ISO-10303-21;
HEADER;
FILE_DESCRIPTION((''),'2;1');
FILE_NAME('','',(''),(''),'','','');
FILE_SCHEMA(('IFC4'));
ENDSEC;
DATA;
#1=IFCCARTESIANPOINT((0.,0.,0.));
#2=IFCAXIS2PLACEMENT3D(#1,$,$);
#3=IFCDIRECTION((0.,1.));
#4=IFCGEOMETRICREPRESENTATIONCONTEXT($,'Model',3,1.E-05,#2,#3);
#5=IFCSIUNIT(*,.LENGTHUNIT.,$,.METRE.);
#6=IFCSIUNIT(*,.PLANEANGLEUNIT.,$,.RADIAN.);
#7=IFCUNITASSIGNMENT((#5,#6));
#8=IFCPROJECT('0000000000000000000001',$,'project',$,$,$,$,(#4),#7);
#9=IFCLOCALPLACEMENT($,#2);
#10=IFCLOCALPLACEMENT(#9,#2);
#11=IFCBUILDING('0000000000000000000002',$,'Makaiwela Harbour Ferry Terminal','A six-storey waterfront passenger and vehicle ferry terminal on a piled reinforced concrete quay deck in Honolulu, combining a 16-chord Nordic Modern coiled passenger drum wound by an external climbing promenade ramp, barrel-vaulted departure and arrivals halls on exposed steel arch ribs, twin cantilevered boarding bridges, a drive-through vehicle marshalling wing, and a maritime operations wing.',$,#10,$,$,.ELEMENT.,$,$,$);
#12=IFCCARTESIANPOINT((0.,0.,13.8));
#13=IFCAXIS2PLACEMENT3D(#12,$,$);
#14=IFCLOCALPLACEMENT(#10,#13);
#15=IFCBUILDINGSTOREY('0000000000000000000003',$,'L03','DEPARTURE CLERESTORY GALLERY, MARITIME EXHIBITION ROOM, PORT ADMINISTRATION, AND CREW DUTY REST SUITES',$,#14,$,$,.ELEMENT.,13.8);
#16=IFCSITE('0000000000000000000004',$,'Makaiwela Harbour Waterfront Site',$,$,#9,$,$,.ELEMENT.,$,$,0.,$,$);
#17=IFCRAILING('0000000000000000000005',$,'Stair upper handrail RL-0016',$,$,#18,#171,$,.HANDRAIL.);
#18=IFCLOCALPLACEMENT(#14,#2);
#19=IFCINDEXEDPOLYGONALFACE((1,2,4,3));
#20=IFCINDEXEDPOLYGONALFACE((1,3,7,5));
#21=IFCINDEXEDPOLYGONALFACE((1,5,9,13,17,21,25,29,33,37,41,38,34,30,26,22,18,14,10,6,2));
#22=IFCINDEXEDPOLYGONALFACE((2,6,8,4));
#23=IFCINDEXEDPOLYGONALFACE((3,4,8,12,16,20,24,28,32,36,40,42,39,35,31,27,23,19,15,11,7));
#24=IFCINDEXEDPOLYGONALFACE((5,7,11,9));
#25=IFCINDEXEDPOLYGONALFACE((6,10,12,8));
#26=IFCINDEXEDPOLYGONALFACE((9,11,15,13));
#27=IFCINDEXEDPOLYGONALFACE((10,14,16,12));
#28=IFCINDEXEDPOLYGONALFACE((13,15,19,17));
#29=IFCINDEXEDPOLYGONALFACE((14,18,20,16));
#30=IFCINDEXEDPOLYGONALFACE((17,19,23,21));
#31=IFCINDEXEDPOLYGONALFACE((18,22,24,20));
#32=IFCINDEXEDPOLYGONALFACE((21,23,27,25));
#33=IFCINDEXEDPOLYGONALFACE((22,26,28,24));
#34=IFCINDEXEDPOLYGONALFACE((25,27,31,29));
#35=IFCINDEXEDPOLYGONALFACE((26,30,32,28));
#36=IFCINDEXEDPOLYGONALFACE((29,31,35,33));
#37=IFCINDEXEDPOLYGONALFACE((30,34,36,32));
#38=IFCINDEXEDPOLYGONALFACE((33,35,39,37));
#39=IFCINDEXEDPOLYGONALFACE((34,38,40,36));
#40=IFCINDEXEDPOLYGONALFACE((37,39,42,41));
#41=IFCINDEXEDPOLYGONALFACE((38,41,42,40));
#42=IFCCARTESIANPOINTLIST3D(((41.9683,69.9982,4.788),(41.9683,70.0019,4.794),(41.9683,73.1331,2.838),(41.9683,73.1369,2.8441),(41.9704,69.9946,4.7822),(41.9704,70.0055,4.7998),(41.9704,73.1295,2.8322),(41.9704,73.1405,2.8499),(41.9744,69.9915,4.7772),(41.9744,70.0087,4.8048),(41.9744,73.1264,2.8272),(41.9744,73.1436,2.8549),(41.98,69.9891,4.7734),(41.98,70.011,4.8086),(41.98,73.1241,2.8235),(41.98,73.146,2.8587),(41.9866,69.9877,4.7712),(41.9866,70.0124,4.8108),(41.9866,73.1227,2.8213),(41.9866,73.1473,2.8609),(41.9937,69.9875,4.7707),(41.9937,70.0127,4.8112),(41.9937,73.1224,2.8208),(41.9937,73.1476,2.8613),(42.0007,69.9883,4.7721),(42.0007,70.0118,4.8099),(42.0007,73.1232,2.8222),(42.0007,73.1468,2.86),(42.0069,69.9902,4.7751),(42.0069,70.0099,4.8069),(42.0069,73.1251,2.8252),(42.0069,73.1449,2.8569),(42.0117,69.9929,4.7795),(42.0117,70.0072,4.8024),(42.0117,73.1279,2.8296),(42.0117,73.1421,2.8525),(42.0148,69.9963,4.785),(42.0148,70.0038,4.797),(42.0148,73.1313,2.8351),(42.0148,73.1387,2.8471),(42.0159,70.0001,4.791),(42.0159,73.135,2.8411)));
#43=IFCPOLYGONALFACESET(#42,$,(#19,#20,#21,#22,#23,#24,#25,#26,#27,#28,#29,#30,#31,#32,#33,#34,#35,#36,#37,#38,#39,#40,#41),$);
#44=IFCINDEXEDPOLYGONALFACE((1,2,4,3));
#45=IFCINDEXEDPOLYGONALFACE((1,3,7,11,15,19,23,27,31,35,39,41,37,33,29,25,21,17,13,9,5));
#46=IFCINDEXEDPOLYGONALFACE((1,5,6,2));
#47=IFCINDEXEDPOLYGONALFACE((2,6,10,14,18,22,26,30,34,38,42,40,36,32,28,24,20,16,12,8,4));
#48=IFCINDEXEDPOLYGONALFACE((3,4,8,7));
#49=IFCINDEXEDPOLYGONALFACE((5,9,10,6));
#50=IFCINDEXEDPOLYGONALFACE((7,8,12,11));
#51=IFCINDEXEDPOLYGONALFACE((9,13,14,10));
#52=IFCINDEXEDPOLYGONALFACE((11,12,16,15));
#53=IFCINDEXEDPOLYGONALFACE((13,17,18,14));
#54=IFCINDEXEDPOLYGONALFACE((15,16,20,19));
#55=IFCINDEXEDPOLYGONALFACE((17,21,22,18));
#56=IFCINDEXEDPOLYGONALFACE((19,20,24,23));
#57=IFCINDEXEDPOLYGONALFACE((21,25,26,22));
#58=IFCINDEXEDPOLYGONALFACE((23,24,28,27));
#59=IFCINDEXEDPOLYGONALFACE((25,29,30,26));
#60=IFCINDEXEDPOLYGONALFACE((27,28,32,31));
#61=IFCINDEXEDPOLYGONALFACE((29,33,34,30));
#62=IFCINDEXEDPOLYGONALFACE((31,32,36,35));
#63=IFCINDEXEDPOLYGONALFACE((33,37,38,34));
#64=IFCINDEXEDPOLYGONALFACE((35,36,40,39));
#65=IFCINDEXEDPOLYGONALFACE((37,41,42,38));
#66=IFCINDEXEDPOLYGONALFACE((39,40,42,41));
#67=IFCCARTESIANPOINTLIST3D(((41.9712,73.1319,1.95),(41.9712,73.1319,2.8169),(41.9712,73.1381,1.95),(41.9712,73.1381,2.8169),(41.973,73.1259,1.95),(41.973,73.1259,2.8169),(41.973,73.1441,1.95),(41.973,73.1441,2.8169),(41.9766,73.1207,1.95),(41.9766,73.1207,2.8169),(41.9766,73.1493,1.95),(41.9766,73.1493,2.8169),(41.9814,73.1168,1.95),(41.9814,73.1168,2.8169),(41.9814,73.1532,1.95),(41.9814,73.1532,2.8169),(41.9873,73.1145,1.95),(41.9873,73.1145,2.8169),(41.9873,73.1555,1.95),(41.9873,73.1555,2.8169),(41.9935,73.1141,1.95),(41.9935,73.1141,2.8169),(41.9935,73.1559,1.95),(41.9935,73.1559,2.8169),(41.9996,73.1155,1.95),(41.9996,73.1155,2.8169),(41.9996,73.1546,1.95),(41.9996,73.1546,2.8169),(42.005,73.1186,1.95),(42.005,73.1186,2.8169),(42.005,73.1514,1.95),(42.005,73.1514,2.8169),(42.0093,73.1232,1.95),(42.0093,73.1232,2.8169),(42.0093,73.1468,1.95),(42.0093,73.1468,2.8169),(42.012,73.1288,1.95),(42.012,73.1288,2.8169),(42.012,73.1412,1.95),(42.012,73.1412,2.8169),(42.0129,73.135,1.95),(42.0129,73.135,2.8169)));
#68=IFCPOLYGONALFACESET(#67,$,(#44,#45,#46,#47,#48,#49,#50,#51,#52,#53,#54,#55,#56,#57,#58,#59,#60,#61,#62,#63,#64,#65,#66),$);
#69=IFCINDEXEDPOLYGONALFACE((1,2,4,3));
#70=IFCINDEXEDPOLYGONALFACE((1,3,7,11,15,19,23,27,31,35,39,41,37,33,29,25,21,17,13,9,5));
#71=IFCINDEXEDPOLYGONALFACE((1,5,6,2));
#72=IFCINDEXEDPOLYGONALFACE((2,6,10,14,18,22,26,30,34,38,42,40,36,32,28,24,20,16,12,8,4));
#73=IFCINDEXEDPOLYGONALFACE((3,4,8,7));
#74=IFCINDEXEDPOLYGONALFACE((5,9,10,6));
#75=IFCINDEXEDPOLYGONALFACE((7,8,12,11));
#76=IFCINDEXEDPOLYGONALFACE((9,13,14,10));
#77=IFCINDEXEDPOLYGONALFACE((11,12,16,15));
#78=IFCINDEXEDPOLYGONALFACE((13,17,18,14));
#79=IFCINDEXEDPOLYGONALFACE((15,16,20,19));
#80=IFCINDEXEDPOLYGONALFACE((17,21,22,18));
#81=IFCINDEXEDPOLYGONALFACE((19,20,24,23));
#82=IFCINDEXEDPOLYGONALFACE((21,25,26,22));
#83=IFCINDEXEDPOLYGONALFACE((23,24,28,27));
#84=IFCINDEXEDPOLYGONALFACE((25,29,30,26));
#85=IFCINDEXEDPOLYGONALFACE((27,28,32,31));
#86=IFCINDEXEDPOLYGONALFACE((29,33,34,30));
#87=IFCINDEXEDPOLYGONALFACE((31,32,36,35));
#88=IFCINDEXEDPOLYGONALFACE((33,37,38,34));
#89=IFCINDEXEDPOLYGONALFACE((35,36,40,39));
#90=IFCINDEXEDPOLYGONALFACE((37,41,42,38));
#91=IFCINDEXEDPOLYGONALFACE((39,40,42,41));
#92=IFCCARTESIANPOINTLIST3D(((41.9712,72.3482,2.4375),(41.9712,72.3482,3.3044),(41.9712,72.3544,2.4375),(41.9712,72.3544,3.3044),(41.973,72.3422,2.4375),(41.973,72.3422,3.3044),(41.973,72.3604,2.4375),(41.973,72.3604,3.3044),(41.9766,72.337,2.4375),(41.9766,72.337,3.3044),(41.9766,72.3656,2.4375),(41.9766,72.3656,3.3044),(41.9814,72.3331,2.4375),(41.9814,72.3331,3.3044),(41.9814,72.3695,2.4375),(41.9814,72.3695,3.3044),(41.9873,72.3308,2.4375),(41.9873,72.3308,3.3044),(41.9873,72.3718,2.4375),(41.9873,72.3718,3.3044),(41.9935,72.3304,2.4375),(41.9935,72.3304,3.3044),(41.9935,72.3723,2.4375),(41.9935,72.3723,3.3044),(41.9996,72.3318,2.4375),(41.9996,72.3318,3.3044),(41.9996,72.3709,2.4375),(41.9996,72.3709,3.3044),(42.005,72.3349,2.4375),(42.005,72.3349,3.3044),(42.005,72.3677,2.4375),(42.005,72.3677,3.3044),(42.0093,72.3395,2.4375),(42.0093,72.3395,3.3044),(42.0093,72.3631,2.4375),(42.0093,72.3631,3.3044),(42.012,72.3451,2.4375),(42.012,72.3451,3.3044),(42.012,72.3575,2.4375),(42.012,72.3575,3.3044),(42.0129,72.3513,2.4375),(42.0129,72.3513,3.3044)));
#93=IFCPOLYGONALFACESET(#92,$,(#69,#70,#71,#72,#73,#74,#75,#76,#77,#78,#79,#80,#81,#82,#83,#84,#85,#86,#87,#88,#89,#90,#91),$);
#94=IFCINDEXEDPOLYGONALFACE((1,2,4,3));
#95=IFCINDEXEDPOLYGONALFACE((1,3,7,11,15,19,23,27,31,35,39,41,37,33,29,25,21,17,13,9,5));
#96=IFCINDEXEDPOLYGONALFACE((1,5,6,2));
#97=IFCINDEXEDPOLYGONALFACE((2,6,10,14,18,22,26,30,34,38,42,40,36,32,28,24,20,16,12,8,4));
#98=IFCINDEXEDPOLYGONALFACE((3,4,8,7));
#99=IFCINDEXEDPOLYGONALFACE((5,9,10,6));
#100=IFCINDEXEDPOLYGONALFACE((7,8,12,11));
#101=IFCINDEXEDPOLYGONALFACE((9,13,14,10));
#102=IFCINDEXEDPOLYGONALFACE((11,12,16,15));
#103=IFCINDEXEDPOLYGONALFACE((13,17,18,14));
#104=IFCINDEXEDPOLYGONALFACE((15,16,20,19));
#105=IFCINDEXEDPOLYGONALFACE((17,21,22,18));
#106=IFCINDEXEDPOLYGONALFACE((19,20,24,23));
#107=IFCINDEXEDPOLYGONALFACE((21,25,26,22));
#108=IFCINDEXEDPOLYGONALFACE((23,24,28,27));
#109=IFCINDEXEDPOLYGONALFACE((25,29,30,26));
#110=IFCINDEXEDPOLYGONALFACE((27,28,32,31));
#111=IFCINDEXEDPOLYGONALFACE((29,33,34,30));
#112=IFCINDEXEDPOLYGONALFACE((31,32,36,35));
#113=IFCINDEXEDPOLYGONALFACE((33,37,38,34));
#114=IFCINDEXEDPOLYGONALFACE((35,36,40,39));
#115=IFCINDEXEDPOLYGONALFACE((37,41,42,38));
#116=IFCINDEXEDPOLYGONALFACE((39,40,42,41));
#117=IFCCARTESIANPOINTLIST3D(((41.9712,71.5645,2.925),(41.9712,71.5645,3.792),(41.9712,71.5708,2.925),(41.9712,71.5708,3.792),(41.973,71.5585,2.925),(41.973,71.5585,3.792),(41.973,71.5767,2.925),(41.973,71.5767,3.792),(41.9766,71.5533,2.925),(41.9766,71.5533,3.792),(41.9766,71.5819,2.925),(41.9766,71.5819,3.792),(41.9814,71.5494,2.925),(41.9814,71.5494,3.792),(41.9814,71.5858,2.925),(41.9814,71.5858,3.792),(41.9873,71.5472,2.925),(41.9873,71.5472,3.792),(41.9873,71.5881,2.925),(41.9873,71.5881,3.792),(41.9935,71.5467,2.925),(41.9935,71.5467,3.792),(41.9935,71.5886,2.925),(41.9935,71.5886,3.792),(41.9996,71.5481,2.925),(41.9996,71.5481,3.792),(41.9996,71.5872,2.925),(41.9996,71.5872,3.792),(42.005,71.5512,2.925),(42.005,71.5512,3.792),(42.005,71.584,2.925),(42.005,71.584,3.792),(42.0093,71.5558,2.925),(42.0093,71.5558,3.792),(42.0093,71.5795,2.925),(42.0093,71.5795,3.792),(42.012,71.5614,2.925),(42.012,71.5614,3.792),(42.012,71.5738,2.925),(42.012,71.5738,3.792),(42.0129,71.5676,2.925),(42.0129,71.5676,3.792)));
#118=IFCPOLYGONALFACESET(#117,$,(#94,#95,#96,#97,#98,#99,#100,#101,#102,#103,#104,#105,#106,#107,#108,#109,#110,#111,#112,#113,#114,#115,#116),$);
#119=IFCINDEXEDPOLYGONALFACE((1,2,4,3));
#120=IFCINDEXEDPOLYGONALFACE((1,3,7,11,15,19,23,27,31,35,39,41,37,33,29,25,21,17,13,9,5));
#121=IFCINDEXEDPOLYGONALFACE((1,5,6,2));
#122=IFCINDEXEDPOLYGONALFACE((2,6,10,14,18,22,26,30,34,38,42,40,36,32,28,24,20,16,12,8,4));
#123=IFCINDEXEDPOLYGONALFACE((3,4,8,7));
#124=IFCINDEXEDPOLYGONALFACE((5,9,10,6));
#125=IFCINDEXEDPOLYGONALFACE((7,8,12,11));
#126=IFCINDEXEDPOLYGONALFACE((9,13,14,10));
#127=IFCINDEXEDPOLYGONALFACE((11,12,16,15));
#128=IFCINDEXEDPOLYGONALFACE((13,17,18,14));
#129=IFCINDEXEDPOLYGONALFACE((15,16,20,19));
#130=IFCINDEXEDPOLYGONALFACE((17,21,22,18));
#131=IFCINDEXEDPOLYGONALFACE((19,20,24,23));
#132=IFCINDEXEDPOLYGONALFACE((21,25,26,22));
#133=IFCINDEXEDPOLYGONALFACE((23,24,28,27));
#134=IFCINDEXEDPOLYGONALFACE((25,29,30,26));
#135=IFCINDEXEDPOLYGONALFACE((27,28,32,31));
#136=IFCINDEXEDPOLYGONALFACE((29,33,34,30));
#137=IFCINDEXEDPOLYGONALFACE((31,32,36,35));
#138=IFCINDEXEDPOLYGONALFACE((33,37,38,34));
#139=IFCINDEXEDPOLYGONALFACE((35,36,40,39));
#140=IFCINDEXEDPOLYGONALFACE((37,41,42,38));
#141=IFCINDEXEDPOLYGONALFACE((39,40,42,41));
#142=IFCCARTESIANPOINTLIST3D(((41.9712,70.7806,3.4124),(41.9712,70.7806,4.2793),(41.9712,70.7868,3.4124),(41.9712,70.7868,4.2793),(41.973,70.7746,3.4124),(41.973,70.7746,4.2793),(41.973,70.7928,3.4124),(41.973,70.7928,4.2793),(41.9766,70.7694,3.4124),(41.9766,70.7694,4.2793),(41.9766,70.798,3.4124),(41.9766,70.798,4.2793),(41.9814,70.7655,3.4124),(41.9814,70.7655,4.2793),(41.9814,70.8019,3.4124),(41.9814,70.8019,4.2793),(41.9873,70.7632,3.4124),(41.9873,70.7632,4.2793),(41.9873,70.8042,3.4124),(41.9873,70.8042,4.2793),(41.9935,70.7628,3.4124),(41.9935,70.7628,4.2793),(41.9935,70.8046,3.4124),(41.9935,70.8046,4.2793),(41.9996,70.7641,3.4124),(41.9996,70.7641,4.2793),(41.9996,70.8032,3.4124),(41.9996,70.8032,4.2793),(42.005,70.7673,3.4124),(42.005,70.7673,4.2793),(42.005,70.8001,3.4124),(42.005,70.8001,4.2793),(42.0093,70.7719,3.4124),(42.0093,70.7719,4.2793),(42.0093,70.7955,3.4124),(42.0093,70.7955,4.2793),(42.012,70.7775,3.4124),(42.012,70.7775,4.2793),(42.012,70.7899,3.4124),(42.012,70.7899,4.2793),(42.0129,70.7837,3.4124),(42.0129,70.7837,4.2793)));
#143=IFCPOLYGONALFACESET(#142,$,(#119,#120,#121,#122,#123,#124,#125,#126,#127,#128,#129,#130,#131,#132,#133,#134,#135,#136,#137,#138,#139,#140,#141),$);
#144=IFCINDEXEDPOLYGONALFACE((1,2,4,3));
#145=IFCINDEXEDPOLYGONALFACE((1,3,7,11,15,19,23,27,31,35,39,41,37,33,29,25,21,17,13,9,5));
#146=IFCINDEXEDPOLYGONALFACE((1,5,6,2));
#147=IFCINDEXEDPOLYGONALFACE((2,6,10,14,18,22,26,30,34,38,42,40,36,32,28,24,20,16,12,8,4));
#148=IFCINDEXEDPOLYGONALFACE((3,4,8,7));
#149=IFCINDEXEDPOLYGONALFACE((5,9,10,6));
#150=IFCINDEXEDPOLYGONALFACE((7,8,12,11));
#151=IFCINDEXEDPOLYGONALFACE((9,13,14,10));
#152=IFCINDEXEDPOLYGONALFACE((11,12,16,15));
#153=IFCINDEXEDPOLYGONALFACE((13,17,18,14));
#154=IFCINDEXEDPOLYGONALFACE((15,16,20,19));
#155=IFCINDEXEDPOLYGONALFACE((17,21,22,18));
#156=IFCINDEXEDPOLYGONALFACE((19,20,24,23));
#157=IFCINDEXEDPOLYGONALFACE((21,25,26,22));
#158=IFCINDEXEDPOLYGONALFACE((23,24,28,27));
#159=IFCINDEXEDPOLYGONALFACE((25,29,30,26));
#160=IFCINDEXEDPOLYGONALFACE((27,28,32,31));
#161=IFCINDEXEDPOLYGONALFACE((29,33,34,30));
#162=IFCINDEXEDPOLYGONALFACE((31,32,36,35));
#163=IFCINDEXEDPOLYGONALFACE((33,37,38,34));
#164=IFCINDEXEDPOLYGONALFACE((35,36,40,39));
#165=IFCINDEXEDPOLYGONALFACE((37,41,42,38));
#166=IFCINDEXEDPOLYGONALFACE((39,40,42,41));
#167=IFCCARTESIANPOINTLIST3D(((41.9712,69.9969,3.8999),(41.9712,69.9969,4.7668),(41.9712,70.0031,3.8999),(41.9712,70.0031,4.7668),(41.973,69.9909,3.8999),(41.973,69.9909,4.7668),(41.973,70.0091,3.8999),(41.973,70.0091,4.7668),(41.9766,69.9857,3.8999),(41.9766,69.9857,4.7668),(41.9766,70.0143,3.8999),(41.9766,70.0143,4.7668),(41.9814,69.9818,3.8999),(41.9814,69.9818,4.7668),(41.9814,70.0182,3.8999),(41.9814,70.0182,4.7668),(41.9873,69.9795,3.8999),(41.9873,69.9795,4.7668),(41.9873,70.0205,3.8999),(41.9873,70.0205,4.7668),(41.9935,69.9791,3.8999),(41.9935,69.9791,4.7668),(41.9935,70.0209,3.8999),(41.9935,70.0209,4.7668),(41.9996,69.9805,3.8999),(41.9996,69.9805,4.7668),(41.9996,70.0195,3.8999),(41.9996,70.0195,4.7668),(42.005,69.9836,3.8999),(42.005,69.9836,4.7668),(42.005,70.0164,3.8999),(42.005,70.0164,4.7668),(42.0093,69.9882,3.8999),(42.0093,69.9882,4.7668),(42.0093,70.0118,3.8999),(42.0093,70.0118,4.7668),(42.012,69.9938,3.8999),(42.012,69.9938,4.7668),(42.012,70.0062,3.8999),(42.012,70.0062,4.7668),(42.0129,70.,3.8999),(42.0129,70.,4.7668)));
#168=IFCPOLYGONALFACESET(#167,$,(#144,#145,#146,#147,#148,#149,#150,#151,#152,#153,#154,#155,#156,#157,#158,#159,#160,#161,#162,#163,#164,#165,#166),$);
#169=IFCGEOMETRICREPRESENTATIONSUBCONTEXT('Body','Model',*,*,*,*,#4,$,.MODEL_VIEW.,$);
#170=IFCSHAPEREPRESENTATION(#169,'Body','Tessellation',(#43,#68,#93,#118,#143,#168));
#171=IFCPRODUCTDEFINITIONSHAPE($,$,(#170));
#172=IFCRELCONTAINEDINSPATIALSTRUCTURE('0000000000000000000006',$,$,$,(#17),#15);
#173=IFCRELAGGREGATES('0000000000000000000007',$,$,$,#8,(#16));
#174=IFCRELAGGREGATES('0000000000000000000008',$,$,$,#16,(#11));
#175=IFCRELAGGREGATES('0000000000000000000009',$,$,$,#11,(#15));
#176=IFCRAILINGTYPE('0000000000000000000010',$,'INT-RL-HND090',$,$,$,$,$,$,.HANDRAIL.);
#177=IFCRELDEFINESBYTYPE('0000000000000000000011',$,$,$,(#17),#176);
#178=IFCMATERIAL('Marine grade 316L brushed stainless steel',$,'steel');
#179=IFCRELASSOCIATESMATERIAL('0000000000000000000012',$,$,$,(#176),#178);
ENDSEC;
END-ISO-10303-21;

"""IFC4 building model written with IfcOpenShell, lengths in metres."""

from ifc_helpers import new_model, si_unit, direction, frame, origin, origin_2d, place, context, subcontext, project, spatial, circle, extrude, material, type_object, element, save


model = new_model("IFC4")

# Units and contexts
model_context = context("Model", 3, precision=1e-05, world=origin(), true_north=direction((0.0, 1.0)))
body_context = subcontext(model_context, "Body", "Model", "MODEL_VIEW")
ifc_project = project(units=[si_unit("LENGTHUNIT", "METRE"), si_unit("PLANEANGLEUNIT", "RADIAN")], contexts=[model_context])

# Site, building, storey
site_placement = place(None, origin())
site = spatial("IfcSite", under=ifc_project, at=site_placement, Name="Makaiwela Harbour Waterfront Site", CompositionType="ELEMENT", RefElevation=0.0)
building_placement = place(site_placement, origin())
building = spatial("IfcBuilding", under=site, at=building_placement, Name="Makaiwela Harbour Ferry Terminal", Description="A six-storey waterfront passenger and vehicle ferry terminal on a piled reinforced concrete quay deck in Honolulu, combining a 16-chord Nordic Modern coiled passenger drum wound by an external climbing promenade ramp, barrel-vaulted departure and arrivals halls on exposed steel arch ribs, twin cantilevered boarding bridges, a drive-through vehicle marshalling wing, and a maritime operations wing.", CompositionType="ELEMENT")
storey_placement = place(building_placement, frame((0.0, 0.0, 13.8)))
storey = spatial("IfcBuildingStorey", under=building, at=storey_placement, Name="L03", Description="DEPARTURE CLERESTORY GALLERY, MARITIME EXHIBITION ROOM, PORT ADMINISTRATION, AND CREW DUTY REST SUITES", CompositionType="ELEMENT", Elevation=13.8)

# Shared definitions
ifc_material_1 = material(Name="Marine grade 316L brushed stainless steel", Category="steel")

# Railing
railing_type_1 = type_object("IfcRailingType", Name="INT-RL-HND090", PredefinedType="HANDRAIL", material=ifc_material_1)
railing_1_placement = place(storey_placement, frame((41.9919, 73.135, 1.95)))
element("IfcRailing", 1, at=railing_1_placement, inside=storey, type_object=railing_type_1, Name="Stair upper handrail RL-0016", PredefinedType="HANDRAIL", context=body_context, shape_type="SweptSolid", body=[
    extrude(circle(Radius=0.0239, at=origin_2d()), frame((0.0, 0.0, 0.8911), z_axis=(0.0, -0.849144, 0.528161), x_axis=(1.0, 0.0, 0.0)), (0.0, 0.0, 1.0), 3.6919),
    extrude(circle(Radius=0.021, at=origin_2d()), origin(), (0.0, 0.0, 1.0), 0.8669),
    extrude(circle(Radius=0.021, at=origin_2d()), frame((0.0, -0.7837, 0.4875)), (0.0, 0.0, 1.0), 0.8669),
    extrude(circle(Radius=0.021, at=origin_2d()), frame((0.0, -1.5674, 0.9751)), (0.0, 0.0, 1.0), 0.8669),
    extrude(circle(Radius=0.021, at=origin_2d()), frame((0.0, -2.3513, 1.4624)), (0.0, 0.0, 1.0), 0.8669),
    extrude(circle(Radius=0.021, at=origin_2d()), frame((0.0, -3.135, 1.95)), (0.0, 0.0, 1.0), 0.8669),
])

save(model, "model.ifc")
